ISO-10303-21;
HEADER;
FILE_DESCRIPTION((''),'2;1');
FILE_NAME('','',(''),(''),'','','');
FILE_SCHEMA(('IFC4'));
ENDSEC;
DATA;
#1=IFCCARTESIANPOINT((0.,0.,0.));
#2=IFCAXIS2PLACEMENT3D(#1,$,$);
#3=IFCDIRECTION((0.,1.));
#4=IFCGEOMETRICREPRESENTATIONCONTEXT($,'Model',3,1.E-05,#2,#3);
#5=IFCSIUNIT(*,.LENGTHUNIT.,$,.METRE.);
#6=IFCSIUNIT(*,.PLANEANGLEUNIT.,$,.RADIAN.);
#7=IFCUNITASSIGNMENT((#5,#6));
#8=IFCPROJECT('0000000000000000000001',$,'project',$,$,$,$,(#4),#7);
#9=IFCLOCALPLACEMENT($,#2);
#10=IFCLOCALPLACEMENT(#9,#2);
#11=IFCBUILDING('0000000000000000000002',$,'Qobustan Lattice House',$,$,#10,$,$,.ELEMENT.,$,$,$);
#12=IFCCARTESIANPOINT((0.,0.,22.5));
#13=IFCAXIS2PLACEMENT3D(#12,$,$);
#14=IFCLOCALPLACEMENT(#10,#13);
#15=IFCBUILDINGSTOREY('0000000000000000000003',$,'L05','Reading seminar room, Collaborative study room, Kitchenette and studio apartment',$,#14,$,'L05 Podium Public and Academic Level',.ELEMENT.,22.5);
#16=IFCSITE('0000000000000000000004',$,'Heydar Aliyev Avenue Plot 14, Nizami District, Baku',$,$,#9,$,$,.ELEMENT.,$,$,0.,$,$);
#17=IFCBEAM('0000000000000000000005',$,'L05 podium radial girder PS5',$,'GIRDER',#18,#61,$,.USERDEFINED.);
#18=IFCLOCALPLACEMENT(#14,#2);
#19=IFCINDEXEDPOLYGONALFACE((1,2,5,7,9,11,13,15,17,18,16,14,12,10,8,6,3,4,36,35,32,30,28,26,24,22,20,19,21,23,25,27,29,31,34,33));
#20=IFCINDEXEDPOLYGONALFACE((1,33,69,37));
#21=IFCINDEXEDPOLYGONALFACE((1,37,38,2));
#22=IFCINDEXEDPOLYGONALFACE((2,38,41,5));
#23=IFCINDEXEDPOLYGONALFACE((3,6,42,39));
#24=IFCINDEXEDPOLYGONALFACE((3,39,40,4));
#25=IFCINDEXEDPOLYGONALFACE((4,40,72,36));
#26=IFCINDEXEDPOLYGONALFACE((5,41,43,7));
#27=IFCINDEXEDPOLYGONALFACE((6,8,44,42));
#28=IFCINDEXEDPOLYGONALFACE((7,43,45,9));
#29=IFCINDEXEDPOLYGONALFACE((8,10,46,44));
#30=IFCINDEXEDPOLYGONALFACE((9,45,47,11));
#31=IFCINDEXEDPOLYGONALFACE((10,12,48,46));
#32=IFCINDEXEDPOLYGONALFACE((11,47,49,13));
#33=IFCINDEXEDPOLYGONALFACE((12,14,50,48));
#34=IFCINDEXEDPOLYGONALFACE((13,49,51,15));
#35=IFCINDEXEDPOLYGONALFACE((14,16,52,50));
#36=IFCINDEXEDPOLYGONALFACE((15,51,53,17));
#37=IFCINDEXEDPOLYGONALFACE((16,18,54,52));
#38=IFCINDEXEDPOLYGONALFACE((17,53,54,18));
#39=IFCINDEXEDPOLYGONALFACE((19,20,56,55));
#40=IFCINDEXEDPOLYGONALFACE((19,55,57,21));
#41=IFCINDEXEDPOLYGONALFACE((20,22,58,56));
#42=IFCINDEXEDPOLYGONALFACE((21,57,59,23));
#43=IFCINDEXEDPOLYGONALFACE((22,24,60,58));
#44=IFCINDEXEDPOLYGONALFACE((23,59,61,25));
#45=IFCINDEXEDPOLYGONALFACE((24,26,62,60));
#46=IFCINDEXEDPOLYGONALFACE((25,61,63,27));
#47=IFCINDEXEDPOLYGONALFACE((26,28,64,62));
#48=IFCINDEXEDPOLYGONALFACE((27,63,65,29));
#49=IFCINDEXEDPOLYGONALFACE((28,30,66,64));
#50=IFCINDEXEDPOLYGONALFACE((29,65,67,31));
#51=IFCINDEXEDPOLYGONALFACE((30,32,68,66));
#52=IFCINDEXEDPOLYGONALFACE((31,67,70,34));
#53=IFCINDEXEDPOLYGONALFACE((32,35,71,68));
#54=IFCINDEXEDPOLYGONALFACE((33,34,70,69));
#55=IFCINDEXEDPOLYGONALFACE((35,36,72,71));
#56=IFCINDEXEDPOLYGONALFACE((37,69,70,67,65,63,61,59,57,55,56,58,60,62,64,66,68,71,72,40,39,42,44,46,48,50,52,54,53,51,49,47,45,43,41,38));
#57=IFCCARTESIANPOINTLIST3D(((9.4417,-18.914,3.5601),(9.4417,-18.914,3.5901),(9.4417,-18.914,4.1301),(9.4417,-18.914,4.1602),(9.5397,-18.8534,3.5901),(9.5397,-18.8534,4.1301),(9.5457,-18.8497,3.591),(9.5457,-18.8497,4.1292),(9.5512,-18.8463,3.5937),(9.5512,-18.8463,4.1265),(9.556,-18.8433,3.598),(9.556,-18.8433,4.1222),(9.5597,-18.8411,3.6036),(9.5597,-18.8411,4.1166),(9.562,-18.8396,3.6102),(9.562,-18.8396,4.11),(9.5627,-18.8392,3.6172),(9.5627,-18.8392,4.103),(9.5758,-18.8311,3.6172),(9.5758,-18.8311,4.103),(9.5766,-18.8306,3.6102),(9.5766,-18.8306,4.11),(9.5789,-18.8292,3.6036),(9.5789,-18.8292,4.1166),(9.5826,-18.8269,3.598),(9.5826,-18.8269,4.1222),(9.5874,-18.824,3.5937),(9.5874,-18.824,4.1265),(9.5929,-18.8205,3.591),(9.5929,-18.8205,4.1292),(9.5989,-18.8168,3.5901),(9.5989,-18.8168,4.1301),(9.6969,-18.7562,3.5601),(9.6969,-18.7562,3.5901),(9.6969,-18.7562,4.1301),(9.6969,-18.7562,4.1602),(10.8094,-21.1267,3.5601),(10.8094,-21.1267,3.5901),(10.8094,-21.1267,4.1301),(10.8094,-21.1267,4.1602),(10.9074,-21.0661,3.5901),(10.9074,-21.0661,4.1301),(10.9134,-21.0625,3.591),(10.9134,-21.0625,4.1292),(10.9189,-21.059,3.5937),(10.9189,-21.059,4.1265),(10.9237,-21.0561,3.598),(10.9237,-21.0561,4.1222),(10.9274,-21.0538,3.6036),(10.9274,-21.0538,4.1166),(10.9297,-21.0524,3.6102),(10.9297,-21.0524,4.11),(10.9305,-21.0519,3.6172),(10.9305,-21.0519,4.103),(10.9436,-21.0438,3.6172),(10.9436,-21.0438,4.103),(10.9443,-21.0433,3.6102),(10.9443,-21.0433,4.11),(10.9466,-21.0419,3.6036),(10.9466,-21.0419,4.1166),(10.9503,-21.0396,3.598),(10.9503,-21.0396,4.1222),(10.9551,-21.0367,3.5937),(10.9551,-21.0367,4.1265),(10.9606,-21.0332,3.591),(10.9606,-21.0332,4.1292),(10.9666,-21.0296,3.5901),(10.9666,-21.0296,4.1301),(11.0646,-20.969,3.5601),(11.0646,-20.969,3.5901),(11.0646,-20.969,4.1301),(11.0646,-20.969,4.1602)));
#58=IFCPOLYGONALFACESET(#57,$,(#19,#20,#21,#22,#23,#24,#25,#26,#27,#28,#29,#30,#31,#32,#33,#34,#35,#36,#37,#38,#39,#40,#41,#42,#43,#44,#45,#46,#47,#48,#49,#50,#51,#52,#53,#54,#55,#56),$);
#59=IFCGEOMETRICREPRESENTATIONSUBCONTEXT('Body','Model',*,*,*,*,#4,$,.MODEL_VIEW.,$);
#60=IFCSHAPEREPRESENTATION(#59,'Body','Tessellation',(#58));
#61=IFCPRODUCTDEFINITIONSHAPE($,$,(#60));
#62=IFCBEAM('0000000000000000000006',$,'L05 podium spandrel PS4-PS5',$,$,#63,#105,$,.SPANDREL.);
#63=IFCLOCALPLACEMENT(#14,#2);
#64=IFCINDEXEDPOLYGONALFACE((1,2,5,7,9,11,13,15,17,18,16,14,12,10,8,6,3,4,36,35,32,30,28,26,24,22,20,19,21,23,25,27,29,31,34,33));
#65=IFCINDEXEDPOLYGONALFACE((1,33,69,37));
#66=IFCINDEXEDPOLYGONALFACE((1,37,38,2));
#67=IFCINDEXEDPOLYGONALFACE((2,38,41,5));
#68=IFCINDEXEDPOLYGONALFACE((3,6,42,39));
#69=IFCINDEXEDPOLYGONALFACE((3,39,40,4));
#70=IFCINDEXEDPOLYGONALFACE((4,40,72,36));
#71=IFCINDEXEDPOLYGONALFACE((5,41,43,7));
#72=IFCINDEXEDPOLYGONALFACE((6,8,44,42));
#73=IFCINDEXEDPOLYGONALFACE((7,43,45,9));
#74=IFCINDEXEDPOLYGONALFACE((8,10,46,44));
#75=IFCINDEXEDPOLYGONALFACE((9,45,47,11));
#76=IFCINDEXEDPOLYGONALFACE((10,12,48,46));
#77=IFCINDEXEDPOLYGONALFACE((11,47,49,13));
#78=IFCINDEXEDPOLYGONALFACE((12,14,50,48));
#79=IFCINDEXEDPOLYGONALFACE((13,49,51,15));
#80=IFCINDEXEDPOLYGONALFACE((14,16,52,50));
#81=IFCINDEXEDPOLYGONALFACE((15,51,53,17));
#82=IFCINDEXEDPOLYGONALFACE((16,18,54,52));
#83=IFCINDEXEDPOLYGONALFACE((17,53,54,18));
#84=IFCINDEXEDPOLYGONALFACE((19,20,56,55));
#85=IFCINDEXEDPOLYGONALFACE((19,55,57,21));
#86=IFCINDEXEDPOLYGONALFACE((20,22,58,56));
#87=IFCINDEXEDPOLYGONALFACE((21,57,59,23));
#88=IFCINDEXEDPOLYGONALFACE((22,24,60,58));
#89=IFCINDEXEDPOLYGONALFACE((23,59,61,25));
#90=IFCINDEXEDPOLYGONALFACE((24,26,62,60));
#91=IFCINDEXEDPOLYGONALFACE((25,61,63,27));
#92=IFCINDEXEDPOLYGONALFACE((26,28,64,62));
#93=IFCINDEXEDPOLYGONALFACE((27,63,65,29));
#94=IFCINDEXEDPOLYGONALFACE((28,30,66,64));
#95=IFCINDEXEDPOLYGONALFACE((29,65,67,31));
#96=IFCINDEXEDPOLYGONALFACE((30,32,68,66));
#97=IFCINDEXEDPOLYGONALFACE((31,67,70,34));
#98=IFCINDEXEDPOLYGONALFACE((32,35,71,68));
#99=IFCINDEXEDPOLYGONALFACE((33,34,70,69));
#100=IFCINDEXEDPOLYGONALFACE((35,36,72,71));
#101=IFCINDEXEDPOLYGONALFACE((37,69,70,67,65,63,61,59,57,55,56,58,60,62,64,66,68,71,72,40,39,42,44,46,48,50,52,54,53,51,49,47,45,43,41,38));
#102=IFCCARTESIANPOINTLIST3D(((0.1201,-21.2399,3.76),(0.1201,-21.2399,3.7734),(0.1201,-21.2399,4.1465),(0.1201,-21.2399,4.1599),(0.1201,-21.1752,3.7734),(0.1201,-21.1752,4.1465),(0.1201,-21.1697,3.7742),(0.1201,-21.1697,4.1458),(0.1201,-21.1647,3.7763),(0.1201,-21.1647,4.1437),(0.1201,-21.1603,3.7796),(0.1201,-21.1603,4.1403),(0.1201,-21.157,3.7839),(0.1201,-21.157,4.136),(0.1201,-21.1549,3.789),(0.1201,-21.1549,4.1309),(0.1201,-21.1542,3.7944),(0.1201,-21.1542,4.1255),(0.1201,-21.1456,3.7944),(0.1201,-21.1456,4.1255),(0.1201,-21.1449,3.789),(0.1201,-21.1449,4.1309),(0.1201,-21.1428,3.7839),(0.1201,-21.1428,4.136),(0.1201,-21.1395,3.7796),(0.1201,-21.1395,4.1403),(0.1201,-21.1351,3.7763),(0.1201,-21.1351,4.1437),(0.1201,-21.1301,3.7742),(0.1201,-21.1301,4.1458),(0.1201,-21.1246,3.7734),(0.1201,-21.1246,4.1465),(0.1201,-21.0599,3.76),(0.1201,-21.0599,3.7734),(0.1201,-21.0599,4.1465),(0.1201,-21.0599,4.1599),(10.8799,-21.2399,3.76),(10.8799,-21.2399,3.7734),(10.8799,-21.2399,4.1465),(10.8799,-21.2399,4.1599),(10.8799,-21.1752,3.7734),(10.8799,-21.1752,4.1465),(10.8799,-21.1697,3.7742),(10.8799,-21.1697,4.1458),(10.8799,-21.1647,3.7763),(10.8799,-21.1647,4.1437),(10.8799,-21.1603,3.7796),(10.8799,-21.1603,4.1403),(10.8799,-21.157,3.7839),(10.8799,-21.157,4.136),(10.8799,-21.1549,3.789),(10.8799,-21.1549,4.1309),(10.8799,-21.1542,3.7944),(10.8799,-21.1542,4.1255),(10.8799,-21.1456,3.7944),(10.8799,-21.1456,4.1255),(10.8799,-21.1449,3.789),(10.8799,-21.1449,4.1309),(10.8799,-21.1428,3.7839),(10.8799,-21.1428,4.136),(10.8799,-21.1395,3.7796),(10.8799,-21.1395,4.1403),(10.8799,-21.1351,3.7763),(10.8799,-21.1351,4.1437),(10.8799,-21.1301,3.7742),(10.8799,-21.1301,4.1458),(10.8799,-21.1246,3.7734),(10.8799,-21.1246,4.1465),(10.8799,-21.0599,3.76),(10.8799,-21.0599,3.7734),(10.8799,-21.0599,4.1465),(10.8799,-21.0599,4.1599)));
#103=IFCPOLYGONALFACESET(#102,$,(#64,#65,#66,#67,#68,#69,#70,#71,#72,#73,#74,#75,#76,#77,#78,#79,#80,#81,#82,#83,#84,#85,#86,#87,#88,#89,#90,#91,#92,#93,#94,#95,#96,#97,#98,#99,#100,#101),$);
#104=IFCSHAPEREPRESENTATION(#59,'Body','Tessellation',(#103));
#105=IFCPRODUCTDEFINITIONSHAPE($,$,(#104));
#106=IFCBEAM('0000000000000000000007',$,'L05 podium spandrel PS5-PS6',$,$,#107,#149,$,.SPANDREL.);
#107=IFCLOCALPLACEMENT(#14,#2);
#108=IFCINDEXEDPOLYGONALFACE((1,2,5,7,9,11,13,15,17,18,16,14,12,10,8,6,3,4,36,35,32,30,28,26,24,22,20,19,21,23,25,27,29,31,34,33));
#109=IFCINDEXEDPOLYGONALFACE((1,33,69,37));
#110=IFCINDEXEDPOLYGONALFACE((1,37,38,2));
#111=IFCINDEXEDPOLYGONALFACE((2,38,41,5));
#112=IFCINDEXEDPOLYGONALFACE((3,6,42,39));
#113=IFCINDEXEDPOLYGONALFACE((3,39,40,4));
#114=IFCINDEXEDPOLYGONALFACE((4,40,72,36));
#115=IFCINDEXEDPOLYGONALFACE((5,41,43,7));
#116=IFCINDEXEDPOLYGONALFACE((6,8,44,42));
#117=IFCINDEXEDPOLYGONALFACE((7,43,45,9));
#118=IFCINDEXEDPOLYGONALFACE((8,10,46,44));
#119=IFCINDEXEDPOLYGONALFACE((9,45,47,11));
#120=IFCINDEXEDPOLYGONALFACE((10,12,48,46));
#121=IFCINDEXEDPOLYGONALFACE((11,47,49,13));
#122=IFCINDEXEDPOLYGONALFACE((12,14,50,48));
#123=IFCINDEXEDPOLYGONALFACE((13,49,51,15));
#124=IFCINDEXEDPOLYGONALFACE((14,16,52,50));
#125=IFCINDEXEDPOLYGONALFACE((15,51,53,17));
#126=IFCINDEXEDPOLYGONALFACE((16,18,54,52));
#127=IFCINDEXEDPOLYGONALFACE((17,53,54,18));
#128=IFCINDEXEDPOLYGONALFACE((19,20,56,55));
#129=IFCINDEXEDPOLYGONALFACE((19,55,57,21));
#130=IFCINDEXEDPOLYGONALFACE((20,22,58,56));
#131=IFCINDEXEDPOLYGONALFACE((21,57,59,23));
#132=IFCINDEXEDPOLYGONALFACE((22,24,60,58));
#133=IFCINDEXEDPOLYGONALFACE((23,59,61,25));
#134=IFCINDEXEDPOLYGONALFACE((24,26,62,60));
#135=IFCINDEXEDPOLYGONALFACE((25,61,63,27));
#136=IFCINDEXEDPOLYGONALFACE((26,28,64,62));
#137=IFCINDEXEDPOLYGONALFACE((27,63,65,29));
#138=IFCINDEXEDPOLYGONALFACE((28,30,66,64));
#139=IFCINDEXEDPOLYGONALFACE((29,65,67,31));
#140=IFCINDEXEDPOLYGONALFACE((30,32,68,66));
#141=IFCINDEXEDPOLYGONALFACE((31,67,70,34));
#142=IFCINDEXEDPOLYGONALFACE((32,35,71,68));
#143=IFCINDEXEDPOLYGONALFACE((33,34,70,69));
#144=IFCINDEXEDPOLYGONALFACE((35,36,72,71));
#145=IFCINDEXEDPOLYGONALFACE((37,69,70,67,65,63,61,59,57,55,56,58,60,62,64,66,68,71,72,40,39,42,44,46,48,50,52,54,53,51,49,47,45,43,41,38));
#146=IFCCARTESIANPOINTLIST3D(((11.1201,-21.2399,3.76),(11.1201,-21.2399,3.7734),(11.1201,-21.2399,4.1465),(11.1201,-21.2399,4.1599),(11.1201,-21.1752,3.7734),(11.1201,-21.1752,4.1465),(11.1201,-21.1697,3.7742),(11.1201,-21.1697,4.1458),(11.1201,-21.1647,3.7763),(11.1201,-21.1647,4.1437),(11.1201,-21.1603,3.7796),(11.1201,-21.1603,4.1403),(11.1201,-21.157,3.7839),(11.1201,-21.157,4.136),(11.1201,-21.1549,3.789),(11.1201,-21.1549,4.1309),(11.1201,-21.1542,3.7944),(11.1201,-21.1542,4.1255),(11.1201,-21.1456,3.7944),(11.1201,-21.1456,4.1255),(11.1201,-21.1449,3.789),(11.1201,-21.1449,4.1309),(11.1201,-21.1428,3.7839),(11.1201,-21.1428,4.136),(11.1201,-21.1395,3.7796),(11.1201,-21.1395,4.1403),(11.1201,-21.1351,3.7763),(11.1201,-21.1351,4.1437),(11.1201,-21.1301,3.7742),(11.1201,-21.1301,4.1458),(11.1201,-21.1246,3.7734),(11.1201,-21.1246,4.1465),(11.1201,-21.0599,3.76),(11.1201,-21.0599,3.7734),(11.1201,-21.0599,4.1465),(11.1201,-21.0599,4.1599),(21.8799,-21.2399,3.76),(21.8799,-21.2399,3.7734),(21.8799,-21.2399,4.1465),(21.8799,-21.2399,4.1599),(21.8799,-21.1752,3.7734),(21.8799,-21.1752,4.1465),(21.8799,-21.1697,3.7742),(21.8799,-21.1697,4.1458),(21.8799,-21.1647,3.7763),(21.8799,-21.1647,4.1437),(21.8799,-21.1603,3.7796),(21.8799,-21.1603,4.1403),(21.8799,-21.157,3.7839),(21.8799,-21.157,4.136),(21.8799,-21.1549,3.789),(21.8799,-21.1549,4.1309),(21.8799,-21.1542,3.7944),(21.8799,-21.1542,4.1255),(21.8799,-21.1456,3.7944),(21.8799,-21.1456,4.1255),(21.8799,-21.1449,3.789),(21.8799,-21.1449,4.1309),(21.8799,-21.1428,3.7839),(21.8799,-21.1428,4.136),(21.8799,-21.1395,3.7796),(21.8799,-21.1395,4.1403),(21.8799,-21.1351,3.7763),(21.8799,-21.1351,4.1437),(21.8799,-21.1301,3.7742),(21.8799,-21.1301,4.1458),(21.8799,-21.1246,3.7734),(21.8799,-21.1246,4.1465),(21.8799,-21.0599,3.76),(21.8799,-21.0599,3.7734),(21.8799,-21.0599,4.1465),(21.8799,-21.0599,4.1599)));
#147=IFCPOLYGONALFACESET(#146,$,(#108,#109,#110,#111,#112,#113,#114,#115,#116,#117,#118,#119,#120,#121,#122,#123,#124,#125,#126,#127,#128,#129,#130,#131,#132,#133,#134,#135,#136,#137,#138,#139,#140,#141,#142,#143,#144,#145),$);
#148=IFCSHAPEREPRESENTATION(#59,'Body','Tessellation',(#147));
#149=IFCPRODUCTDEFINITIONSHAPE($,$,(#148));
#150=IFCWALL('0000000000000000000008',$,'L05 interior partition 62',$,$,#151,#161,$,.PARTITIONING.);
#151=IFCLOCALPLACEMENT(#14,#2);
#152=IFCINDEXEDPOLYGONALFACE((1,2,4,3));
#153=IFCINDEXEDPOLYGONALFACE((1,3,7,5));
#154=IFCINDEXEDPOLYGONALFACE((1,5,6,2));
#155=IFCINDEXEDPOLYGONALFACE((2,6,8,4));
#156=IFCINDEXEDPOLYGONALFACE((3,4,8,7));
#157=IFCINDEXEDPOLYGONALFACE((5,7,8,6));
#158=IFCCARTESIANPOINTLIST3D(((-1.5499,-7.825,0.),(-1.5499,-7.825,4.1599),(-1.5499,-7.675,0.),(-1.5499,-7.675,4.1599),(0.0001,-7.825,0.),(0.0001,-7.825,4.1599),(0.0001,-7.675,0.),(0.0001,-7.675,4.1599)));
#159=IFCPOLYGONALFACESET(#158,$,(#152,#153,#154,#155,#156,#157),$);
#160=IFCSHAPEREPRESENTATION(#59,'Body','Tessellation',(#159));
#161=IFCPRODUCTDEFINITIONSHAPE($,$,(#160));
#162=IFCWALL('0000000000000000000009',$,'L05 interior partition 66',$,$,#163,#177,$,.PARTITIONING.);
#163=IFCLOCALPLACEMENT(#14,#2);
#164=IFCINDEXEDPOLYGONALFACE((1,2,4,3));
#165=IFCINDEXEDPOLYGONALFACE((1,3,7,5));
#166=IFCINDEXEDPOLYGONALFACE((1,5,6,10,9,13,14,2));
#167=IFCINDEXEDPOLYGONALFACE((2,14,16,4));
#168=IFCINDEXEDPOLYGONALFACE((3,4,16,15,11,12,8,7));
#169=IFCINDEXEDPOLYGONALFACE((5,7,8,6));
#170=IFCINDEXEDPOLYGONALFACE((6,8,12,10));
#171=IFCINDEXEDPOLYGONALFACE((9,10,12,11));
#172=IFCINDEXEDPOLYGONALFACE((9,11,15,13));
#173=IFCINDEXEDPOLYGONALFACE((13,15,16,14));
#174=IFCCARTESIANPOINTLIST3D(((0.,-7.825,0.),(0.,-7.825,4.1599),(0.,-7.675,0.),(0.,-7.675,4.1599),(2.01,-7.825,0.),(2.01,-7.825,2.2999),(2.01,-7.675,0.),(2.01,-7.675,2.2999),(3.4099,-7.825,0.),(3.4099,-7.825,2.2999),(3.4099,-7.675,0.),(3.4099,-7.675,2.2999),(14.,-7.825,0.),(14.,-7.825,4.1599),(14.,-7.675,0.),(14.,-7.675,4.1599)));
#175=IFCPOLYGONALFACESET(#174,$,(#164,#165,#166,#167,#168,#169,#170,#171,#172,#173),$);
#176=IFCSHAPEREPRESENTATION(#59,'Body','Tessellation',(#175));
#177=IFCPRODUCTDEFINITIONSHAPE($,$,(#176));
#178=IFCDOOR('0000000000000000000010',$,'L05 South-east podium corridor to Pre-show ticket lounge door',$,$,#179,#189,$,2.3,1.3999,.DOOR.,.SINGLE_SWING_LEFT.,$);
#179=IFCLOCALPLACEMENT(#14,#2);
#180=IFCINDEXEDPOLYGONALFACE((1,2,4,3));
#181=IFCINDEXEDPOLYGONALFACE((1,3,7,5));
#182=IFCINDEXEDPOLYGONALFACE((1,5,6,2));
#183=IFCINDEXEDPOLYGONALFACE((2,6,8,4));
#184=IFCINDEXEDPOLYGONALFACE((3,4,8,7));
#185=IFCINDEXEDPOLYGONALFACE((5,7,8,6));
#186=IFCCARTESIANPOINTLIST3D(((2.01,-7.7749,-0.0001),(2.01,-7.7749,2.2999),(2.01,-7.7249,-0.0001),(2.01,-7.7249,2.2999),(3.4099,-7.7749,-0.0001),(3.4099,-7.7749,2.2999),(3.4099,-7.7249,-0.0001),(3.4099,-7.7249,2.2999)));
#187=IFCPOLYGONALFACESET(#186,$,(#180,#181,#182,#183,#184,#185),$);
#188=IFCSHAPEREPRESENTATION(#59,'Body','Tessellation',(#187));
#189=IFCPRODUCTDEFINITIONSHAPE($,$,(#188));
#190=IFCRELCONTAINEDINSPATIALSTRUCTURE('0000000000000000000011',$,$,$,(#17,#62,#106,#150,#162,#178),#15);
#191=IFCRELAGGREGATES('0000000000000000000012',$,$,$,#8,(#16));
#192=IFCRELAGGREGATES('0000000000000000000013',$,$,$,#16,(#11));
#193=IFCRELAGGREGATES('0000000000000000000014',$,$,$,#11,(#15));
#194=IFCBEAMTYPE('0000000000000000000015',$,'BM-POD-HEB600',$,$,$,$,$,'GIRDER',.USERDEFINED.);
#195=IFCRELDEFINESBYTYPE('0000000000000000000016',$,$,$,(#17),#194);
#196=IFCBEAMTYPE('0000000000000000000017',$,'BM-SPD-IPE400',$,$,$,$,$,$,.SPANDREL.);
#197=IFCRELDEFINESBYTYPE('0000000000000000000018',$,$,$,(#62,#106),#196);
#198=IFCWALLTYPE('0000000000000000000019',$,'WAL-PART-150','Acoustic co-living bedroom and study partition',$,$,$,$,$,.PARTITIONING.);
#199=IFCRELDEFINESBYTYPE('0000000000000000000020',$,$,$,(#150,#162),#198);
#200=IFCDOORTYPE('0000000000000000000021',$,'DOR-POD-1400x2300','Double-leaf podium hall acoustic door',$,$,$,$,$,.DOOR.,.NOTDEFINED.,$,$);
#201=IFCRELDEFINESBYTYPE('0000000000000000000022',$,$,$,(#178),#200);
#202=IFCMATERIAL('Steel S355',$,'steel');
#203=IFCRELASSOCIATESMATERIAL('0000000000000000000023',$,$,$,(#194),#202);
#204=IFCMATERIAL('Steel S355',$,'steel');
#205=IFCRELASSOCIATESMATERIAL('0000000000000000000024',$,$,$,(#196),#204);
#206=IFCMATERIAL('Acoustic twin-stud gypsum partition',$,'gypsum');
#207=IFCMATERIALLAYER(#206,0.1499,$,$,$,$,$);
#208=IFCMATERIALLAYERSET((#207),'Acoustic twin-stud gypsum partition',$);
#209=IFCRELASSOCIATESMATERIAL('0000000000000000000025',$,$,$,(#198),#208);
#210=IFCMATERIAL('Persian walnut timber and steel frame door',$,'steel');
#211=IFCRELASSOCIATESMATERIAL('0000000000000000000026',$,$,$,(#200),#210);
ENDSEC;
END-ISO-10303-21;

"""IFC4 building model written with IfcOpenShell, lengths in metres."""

from ifc_helpers import new_model, si_unit, direction, frame, frame_2d, origin, origin_2d, place, context, subcontext, project, spatial, rectangle, i_section, extrude, material, layer, layer_set, material_profile, profile_set, type_object, element, fill, save


model = new_model("IFC4")

# Units and contexts
model_context = context("Model", 3, precision=1e-05, world=origin(), true_north=direction((0.0, 1.0)))
body_context = subcontext(model_context, "Body", "Model", "MODEL_VIEW")
ifc_project = project(units=[si_unit("LENGTHUNIT", "METRE"), si_unit("PLANEANGLEUNIT", "RADIAN")], contexts=[model_context])

# Site, building, storey
site_placement = place(None, origin())
site = spatial("IfcSite", under=ifc_project, at=site_placement, Name="Heydar Aliyev Avenue Plot 14, Nizami District, Baku", CompositionType="ELEMENT", RefElevation=0.0)
building_placement = place(site_placement, origin())
building = spatial("IfcBuilding", under=site, at=building_placement, Name="Qobustan Lattice House", CompositionType="ELEMENT")
storey_placement = place(building_placement, frame((0.0, 0.0, 22.5)))
storey = spatial("IfcBuildingStorey", under=building, at=storey_placement, Name="L05", Description="Reading seminar room, Collaborative study room, Kitchenette and studio apartment", LongName="L05 Podium Public and Academic Level", CompositionType="ELEMENT", Elevation=22.5)

# Beams
ifc_material_1 = material(Name="Steel S355", Category="steel")
ifc_material_profile_1 = material_profile(ifc_material_1, i_section(OverallWidth=0.3, OverallDepth=0.6001, WebThickness=0.0154, FlangeThickness=0.03, FilletRadius=0.0271, at=origin_2d()), Name="HEB600")
ifc_profile_set_1 = profile_set([ifc_material_profile_1], Name="Steel S355")
beam_type_1 = type_object("IfcBeamType", Name="BM-POD-HEB600", ElementType="GIRDER", PredefinedType="USERDEFINED", material=ifc_profile_set_1)
beam_1_placement = place(storey_placement, frame((10.937, -21.0479, 3.8601), z_axis=(-0.525783, 0.850619, 0.0), x_axis=(-0.850619, -0.525783, 0.0)))
element("IfcBeam", 1, at=beam_1_placement, inside=storey, type_object=beam_type_1, Name="L05 podium radial girder PS5", ObjectType="GIRDER", PredefinedType="USERDEFINED", context=body_context, shape_type="SweptSolid", body=[
    extrude(i_section(OverallWidth=0.3, OverallDepth=0.6001, WebThickness=0.0154, FlangeThickness=0.03, FilletRadius=0.0271, at=origin_2d()), origin(), (0.0, 0.0, 1.0), 2.6013),
])
ifc_material_2 = material(Name="Steel S355", Category="steel")
ifc_material_profile_2 = material_profile(ifc_material_2, i_section(OverallWidth=0.1799, OverallDepth=0.3999, WebThickness=0.0085, FlangeThickness=0.0134, FilletRadius=0.021, at=origin_2d()), Name="IPE400")
ifc_profile_set_2 = profile_set([ifc_material_profile_2], Name="Steel S355")
beam_type_2 = type_object("IfcBeamType", Name="BM-SPD-IPE400", PredefinedType="SPANDREL", material=ifc_profile_set_2)
for number, where, z_axis, x_axis, name in (
    (2, (0.1201, -21.1499, 3.96), (1.0, 0.0, 0.0), (0.0, 1.0, 0.0), "L05 podium spandrel PS4-PS5"),
    (3, (11.1201, -21.1499, 3.96), (1.0, 0.0, 0.0), (0.0, 1.0, 0.0), "L05 podium spandrel PS5-PS6"),
):
    element("IfcBeam", number, at=place(storey_placement, frame(where, z_axis=z_axis, x_axis=x_axis)), inside=storey, type_object=beam_type_2, Name=name, PredefinedType="SPANDREL", context=body_context, shape_type="SweptSolid", body=[
        extrude(i_section(OverallWidth=0.1799, OverallDepth=0.3999, WebThickness=0.0085, FlangeThickness=0.0134, FilletRadius=0.021, at=origin_2d()), origin(), (0.0, 0.0, 1.0), 10.7598),
    ])

# Wall
ifc_material_3 = material(Name="Acoustic twin-stud gypsum partition", Category="gypsum")
ifc_layer_1 = layer(ifc_material_3, 0.1499)
ifc_layer_set_1 = layer_set([ifc_layer_1], Name="Acoustic twin-stud gypsum partition")
wall_type_1 = type_object("IfcWallType", Name="WAL-PART-150", Description="Acoustic co-living bedroom and study partition", PredefinedType="PARTITIONING", material=ifc_layer_set_1)
wall_1_placement = place(storey_placement, frame((0.0, -7.75, 0.0), z_axis=(0.0, 0.0, 1.0), x_axis=(-1.0, 0.0, 0.0)))
element("IfcWall", 4, at=wall_1_placement, inside=storey, type_object=wall_type_1, Name="L05 interior partition 62", PredefinedType="PARTITIONING", context=body_context, shape_type="SweptSolid", body=[
    extrude(rectangle(XDim=1.55, YDim=0.1499, at=frame_2d((0.7749, 0.0))), origin(), (0.0, 0.0, 1.0), 4.1599),
])

# Wall, opening, door
wall_2_placement = place(storey_placement, frame((14.0, -7.75, 0.0), z_axis=(0.0, 0.0, 1.0), x_axis=(-1.0, 0.0, 0.0)))
wall_2 = element("IfcWall", 5, at=wall_2_placement, inside=storey, type_object=wall_type_1, Name="L05 interior partition 66", PredefinedType="PARTITIONING", context=body_context, shape_type="SweptSolid", body=[
    extrude(rectangle(XDim=14.0, YDim=0.1499, at=frame_2d((7.0, 0.0))), origin(), (0.0, 0.0, 1.0), 4.1599),
])
opening_1_placement = place(wall_2_placement, frame((10.5901, 0.0, 0.0)))
opening_1 = element("IfcOpeningElement", 6, at=opening_1_placement, cuts=wall_2, PredefinedType="OPENING", context=body_context, shape_type="SweptSolid", body=[
    extrude(rectangle(XDim=1.3999, YDim=2.3, at=frame_2d((0.7, 1.1499))), frame((0.0, 0.085, 0.0), z_axis=(0.0, -1.0, 0.0), x_axis=(1.0, 0.0, 0.0)), (0.0, 0.0, 1.0), 0.1699),
])
ifc_material_4 = material(Name="Persian walnut timber and steel frame door", Category="steel")
door_type_1 = type_object("IfcDoorType", Name="DOR-POD-1400x2300", Description="Double-leaf podium hall acoustic door", OperationType="NOTDEFINED", PredefinedType="DOOR", material=ifc_material_4)
door_1_placement = place(opening_1_placement, origin())
door_1 = element("IfcDoor", 7, at=door_1_placement, inside=storey, type_object=door_type_1, Name="L05 South-east podium corridor to Pre-show ticket lounge door", OperationType="SINGLE_SWING_LEFT", OverallHeight=2.3, OverallWidth=1.3999, PredefinedType="DOOR", context=body_context, shape_type="SweptSolid", body=[
    extrude(rectangle(XDim=1.3999, YDim=2.3, at=frame_2d((0.7, 1.1499))), frame((0.0, 0.0249, 0.0), z_axis=(0.0, -1.0, 0.0), x_axis=(1.0, 0.0, 0.0)), (0.0, 0.0, 1.0), 0.05),
])
fill(opening_1, door_1)

save(model, "model.ifc")
